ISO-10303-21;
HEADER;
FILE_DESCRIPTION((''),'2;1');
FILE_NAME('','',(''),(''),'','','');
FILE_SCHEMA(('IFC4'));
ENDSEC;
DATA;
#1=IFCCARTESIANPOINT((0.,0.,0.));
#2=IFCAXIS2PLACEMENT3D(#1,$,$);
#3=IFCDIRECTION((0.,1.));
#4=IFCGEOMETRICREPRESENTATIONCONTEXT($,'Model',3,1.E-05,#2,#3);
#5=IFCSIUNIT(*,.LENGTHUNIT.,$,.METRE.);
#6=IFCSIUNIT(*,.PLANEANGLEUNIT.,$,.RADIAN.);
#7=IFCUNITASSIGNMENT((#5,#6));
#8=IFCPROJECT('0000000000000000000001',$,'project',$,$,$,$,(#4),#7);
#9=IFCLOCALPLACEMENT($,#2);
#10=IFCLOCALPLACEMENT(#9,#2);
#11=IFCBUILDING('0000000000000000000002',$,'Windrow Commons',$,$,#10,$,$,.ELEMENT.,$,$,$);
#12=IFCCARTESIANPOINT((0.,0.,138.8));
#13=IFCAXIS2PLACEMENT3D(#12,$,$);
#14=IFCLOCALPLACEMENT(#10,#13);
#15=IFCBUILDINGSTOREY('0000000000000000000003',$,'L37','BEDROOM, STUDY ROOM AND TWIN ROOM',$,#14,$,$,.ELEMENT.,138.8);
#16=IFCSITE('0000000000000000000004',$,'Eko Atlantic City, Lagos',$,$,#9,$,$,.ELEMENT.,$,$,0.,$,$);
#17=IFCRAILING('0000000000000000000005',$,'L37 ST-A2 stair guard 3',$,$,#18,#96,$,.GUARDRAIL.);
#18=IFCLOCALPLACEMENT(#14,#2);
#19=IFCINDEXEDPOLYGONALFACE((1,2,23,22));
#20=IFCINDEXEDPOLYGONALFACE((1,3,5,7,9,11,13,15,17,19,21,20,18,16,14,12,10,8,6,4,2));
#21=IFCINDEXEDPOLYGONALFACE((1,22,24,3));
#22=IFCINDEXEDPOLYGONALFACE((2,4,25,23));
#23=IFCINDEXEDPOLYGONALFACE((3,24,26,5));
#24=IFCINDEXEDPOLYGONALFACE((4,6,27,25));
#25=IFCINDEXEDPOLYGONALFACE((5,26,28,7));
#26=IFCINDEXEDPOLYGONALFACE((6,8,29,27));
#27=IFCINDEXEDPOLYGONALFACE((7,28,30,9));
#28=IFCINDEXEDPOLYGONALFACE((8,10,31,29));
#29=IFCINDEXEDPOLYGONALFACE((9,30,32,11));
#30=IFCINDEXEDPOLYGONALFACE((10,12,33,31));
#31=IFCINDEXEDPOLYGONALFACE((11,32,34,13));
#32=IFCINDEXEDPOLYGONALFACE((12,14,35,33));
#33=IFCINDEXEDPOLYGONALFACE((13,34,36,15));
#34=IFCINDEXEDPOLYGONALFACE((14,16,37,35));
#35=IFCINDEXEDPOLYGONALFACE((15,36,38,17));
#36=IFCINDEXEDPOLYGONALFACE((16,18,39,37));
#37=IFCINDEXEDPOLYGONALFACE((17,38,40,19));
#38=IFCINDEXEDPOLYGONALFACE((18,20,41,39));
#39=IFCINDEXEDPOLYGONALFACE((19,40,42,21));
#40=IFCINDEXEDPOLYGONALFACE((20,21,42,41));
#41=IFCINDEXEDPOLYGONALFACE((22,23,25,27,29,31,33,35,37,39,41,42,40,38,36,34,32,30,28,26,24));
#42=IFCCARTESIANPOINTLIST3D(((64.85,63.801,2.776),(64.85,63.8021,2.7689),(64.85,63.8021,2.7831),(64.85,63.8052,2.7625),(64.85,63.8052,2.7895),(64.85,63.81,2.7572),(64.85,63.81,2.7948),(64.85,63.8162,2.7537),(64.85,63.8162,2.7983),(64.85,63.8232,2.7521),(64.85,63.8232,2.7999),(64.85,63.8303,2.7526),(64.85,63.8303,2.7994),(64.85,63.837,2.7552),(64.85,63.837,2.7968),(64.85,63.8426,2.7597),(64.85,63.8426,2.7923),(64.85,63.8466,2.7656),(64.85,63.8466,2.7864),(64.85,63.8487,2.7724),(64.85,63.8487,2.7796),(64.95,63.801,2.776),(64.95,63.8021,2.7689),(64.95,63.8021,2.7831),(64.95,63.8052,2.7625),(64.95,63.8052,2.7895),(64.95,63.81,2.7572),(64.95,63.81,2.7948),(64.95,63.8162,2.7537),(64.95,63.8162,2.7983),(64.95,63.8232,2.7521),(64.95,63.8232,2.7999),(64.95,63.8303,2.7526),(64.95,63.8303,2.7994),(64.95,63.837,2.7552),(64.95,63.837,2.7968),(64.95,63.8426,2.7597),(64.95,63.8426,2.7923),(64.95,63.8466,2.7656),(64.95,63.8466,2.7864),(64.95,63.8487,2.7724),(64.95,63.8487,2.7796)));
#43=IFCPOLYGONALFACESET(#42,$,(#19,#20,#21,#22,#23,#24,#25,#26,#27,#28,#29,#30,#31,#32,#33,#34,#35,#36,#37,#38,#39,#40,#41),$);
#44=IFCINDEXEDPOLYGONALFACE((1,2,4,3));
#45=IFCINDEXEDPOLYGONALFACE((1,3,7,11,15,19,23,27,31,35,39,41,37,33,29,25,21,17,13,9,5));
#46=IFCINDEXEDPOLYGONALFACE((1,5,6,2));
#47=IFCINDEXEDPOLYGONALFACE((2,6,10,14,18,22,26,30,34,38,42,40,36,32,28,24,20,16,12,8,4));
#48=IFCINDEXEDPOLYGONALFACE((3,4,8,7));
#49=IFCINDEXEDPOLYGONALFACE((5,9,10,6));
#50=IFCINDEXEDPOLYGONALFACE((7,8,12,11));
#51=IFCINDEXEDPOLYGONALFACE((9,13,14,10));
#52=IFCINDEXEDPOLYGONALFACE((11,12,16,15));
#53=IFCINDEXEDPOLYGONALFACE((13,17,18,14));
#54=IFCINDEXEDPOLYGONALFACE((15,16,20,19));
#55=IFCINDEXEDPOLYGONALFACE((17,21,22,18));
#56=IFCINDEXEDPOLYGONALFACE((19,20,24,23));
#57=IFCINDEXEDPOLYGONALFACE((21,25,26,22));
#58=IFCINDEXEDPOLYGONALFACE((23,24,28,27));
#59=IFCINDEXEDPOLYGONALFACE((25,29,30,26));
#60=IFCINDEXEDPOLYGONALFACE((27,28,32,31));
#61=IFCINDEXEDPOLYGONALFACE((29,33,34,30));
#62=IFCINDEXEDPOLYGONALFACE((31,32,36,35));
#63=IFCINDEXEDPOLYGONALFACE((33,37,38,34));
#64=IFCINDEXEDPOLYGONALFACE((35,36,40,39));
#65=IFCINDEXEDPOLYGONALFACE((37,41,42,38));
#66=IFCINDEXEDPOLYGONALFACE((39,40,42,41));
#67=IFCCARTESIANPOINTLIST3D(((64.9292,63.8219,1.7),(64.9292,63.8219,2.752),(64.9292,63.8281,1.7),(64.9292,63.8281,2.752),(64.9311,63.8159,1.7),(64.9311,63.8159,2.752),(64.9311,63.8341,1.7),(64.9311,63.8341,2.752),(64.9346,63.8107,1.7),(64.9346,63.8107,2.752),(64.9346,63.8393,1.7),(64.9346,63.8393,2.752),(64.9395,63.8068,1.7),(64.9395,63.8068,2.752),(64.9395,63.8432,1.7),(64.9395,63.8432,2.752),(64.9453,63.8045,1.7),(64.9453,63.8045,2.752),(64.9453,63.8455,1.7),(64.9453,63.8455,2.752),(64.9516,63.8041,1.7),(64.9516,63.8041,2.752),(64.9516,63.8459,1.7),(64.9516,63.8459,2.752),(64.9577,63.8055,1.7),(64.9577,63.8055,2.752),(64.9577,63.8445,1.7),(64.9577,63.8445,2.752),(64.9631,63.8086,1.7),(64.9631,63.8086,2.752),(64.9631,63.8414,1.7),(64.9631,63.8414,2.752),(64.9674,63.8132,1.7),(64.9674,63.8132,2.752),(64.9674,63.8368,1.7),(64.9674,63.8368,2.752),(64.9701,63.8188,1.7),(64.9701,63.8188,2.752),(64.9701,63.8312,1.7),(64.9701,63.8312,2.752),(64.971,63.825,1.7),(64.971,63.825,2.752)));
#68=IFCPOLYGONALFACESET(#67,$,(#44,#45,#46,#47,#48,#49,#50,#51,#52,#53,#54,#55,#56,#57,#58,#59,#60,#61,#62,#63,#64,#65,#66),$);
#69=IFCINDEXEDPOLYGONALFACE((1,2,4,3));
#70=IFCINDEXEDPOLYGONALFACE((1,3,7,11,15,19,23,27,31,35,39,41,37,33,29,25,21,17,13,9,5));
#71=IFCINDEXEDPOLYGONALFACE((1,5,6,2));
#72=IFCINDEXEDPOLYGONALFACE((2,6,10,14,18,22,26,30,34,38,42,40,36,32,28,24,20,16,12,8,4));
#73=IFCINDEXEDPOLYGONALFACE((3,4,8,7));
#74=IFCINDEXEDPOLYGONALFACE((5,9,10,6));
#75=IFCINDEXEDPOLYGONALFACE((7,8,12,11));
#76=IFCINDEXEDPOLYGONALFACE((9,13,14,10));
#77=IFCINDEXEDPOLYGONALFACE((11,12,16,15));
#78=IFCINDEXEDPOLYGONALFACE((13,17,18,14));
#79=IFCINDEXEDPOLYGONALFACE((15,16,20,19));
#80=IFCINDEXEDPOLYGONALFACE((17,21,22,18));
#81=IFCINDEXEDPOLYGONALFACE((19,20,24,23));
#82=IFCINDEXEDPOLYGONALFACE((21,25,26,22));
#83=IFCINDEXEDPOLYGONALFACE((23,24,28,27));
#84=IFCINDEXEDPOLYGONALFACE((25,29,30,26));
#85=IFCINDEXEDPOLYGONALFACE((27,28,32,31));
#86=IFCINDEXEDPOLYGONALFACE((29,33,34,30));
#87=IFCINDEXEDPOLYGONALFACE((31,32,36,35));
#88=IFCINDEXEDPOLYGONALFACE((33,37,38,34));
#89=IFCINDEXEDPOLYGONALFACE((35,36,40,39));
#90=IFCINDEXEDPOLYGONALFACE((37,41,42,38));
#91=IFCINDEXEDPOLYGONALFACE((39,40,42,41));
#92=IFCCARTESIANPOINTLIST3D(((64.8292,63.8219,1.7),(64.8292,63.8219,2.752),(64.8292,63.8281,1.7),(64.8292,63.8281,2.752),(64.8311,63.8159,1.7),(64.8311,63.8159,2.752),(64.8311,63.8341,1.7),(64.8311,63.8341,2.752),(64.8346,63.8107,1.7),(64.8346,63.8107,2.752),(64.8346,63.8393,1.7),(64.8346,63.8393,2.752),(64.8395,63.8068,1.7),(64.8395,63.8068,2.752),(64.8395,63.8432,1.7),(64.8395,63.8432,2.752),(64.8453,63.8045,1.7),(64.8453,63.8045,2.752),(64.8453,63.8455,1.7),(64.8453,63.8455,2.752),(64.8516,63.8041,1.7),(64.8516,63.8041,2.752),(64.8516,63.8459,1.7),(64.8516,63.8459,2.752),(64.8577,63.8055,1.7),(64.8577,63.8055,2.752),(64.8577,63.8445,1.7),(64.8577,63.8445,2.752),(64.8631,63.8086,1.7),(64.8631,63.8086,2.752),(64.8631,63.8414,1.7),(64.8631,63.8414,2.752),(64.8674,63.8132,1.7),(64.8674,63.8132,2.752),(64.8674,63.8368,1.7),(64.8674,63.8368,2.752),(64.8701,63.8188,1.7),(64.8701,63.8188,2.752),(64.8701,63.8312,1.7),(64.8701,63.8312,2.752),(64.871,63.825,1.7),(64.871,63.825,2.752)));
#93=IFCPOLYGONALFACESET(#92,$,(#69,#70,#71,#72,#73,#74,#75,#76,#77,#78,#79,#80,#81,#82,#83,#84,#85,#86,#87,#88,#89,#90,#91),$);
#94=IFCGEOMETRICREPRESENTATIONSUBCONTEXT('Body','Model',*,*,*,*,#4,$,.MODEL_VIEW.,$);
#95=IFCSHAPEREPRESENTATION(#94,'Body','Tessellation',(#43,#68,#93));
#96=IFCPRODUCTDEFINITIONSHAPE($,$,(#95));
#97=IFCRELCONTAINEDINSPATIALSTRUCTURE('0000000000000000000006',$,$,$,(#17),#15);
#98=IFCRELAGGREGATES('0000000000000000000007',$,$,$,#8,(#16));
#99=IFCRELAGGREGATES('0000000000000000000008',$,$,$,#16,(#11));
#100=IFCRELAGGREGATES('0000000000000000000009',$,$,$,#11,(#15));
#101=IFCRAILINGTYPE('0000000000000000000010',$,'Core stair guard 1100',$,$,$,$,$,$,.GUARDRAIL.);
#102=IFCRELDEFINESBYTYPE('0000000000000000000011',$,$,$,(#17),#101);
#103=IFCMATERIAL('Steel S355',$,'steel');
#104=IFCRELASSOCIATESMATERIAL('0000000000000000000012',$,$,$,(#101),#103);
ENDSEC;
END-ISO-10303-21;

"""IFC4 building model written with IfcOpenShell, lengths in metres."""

from ifc_helpers import new_model, si_unit, direction, frame, origin, origin_2d, place, context, subcontext, project, spatial, circle, extrude, material, type_object, element, save


model = new_model("IFC4")

# Units and contexts
model_context = context("Model", 3, precision=1e-05, world=origin(), true_north=direction((0.0, 1.0)))
body_context = subcontext(model_context, "Body", "Model", "MODEL_VIEW")
ifc_project = project(units=[si_unit("LENGTHUNIT", "METRE"), si_unit("PLANEANGLEUNIT", "RADIAN")], contexts=[model_context])

# Site, building, storey
site_placement = place(None, origin())
site = spatial("IfcSite", under=ifc_project, at=site_placement, Name="Eko Atlantic City, Lagos", CompositionType="ELEMENT", RefElevation=0.0)
building_placement = place(site_placement, origin())
building = spatial("IfcBuilding", under=site, at=building_placement, Name="Windrow Commons", CompositionType="ELEMENT")
storey_placement = place(building_placement, frame((0.0, 0.0, 138.8)))
storey = spatial("IfcBuildingStorey", under=building, at=storey_placement, Name="L37", Description="BEDROOM, STUDY ROOM AND TWIN ROOM", CompositionType="ELEMENT", Elevation=138.8)

# Railing
ifc_material_1 = material(Name="Steel S355", Category="steel")
railing_type_1 = type_object("IfcRailingType", Name="Core stair guard 1100", PredefinedType="GUARDRAIL", material=ifc_material_1)
railing_1_placement = place(storey_placement, frame((64.95, 63.825, 1.7)))
element("IfcRailing", 1, at=railing_1_placement, inside=storey, type_object=railing_type_1, Name="L37 ST-A2 stair guard 3", PredefinedType="GUARDRAIL", context=body_context, shape_type="SweptSolid", body=[
    extrude(circle(Radius=0.024, at=origin_2d()), frame((0.0, 0.0, 1.076), z_axis=(-1.0, 0.0, 0.0), x_axis=(0.0, -1.0, 0.0)), (0.0, 0.0, 1.0), 0.1),
    extrude(circle(Radius=0.021, at=origin_2d()), origin(), (0.0, 0.0, 1.0), 1.052),
    extrude(circle(Radius=0.021, at=origin_2d()), frame((-0.1, 0.0, 0.0)), (0.0, 0.0, 1.0), 1.052),
])

save(model, "model.ifc")
